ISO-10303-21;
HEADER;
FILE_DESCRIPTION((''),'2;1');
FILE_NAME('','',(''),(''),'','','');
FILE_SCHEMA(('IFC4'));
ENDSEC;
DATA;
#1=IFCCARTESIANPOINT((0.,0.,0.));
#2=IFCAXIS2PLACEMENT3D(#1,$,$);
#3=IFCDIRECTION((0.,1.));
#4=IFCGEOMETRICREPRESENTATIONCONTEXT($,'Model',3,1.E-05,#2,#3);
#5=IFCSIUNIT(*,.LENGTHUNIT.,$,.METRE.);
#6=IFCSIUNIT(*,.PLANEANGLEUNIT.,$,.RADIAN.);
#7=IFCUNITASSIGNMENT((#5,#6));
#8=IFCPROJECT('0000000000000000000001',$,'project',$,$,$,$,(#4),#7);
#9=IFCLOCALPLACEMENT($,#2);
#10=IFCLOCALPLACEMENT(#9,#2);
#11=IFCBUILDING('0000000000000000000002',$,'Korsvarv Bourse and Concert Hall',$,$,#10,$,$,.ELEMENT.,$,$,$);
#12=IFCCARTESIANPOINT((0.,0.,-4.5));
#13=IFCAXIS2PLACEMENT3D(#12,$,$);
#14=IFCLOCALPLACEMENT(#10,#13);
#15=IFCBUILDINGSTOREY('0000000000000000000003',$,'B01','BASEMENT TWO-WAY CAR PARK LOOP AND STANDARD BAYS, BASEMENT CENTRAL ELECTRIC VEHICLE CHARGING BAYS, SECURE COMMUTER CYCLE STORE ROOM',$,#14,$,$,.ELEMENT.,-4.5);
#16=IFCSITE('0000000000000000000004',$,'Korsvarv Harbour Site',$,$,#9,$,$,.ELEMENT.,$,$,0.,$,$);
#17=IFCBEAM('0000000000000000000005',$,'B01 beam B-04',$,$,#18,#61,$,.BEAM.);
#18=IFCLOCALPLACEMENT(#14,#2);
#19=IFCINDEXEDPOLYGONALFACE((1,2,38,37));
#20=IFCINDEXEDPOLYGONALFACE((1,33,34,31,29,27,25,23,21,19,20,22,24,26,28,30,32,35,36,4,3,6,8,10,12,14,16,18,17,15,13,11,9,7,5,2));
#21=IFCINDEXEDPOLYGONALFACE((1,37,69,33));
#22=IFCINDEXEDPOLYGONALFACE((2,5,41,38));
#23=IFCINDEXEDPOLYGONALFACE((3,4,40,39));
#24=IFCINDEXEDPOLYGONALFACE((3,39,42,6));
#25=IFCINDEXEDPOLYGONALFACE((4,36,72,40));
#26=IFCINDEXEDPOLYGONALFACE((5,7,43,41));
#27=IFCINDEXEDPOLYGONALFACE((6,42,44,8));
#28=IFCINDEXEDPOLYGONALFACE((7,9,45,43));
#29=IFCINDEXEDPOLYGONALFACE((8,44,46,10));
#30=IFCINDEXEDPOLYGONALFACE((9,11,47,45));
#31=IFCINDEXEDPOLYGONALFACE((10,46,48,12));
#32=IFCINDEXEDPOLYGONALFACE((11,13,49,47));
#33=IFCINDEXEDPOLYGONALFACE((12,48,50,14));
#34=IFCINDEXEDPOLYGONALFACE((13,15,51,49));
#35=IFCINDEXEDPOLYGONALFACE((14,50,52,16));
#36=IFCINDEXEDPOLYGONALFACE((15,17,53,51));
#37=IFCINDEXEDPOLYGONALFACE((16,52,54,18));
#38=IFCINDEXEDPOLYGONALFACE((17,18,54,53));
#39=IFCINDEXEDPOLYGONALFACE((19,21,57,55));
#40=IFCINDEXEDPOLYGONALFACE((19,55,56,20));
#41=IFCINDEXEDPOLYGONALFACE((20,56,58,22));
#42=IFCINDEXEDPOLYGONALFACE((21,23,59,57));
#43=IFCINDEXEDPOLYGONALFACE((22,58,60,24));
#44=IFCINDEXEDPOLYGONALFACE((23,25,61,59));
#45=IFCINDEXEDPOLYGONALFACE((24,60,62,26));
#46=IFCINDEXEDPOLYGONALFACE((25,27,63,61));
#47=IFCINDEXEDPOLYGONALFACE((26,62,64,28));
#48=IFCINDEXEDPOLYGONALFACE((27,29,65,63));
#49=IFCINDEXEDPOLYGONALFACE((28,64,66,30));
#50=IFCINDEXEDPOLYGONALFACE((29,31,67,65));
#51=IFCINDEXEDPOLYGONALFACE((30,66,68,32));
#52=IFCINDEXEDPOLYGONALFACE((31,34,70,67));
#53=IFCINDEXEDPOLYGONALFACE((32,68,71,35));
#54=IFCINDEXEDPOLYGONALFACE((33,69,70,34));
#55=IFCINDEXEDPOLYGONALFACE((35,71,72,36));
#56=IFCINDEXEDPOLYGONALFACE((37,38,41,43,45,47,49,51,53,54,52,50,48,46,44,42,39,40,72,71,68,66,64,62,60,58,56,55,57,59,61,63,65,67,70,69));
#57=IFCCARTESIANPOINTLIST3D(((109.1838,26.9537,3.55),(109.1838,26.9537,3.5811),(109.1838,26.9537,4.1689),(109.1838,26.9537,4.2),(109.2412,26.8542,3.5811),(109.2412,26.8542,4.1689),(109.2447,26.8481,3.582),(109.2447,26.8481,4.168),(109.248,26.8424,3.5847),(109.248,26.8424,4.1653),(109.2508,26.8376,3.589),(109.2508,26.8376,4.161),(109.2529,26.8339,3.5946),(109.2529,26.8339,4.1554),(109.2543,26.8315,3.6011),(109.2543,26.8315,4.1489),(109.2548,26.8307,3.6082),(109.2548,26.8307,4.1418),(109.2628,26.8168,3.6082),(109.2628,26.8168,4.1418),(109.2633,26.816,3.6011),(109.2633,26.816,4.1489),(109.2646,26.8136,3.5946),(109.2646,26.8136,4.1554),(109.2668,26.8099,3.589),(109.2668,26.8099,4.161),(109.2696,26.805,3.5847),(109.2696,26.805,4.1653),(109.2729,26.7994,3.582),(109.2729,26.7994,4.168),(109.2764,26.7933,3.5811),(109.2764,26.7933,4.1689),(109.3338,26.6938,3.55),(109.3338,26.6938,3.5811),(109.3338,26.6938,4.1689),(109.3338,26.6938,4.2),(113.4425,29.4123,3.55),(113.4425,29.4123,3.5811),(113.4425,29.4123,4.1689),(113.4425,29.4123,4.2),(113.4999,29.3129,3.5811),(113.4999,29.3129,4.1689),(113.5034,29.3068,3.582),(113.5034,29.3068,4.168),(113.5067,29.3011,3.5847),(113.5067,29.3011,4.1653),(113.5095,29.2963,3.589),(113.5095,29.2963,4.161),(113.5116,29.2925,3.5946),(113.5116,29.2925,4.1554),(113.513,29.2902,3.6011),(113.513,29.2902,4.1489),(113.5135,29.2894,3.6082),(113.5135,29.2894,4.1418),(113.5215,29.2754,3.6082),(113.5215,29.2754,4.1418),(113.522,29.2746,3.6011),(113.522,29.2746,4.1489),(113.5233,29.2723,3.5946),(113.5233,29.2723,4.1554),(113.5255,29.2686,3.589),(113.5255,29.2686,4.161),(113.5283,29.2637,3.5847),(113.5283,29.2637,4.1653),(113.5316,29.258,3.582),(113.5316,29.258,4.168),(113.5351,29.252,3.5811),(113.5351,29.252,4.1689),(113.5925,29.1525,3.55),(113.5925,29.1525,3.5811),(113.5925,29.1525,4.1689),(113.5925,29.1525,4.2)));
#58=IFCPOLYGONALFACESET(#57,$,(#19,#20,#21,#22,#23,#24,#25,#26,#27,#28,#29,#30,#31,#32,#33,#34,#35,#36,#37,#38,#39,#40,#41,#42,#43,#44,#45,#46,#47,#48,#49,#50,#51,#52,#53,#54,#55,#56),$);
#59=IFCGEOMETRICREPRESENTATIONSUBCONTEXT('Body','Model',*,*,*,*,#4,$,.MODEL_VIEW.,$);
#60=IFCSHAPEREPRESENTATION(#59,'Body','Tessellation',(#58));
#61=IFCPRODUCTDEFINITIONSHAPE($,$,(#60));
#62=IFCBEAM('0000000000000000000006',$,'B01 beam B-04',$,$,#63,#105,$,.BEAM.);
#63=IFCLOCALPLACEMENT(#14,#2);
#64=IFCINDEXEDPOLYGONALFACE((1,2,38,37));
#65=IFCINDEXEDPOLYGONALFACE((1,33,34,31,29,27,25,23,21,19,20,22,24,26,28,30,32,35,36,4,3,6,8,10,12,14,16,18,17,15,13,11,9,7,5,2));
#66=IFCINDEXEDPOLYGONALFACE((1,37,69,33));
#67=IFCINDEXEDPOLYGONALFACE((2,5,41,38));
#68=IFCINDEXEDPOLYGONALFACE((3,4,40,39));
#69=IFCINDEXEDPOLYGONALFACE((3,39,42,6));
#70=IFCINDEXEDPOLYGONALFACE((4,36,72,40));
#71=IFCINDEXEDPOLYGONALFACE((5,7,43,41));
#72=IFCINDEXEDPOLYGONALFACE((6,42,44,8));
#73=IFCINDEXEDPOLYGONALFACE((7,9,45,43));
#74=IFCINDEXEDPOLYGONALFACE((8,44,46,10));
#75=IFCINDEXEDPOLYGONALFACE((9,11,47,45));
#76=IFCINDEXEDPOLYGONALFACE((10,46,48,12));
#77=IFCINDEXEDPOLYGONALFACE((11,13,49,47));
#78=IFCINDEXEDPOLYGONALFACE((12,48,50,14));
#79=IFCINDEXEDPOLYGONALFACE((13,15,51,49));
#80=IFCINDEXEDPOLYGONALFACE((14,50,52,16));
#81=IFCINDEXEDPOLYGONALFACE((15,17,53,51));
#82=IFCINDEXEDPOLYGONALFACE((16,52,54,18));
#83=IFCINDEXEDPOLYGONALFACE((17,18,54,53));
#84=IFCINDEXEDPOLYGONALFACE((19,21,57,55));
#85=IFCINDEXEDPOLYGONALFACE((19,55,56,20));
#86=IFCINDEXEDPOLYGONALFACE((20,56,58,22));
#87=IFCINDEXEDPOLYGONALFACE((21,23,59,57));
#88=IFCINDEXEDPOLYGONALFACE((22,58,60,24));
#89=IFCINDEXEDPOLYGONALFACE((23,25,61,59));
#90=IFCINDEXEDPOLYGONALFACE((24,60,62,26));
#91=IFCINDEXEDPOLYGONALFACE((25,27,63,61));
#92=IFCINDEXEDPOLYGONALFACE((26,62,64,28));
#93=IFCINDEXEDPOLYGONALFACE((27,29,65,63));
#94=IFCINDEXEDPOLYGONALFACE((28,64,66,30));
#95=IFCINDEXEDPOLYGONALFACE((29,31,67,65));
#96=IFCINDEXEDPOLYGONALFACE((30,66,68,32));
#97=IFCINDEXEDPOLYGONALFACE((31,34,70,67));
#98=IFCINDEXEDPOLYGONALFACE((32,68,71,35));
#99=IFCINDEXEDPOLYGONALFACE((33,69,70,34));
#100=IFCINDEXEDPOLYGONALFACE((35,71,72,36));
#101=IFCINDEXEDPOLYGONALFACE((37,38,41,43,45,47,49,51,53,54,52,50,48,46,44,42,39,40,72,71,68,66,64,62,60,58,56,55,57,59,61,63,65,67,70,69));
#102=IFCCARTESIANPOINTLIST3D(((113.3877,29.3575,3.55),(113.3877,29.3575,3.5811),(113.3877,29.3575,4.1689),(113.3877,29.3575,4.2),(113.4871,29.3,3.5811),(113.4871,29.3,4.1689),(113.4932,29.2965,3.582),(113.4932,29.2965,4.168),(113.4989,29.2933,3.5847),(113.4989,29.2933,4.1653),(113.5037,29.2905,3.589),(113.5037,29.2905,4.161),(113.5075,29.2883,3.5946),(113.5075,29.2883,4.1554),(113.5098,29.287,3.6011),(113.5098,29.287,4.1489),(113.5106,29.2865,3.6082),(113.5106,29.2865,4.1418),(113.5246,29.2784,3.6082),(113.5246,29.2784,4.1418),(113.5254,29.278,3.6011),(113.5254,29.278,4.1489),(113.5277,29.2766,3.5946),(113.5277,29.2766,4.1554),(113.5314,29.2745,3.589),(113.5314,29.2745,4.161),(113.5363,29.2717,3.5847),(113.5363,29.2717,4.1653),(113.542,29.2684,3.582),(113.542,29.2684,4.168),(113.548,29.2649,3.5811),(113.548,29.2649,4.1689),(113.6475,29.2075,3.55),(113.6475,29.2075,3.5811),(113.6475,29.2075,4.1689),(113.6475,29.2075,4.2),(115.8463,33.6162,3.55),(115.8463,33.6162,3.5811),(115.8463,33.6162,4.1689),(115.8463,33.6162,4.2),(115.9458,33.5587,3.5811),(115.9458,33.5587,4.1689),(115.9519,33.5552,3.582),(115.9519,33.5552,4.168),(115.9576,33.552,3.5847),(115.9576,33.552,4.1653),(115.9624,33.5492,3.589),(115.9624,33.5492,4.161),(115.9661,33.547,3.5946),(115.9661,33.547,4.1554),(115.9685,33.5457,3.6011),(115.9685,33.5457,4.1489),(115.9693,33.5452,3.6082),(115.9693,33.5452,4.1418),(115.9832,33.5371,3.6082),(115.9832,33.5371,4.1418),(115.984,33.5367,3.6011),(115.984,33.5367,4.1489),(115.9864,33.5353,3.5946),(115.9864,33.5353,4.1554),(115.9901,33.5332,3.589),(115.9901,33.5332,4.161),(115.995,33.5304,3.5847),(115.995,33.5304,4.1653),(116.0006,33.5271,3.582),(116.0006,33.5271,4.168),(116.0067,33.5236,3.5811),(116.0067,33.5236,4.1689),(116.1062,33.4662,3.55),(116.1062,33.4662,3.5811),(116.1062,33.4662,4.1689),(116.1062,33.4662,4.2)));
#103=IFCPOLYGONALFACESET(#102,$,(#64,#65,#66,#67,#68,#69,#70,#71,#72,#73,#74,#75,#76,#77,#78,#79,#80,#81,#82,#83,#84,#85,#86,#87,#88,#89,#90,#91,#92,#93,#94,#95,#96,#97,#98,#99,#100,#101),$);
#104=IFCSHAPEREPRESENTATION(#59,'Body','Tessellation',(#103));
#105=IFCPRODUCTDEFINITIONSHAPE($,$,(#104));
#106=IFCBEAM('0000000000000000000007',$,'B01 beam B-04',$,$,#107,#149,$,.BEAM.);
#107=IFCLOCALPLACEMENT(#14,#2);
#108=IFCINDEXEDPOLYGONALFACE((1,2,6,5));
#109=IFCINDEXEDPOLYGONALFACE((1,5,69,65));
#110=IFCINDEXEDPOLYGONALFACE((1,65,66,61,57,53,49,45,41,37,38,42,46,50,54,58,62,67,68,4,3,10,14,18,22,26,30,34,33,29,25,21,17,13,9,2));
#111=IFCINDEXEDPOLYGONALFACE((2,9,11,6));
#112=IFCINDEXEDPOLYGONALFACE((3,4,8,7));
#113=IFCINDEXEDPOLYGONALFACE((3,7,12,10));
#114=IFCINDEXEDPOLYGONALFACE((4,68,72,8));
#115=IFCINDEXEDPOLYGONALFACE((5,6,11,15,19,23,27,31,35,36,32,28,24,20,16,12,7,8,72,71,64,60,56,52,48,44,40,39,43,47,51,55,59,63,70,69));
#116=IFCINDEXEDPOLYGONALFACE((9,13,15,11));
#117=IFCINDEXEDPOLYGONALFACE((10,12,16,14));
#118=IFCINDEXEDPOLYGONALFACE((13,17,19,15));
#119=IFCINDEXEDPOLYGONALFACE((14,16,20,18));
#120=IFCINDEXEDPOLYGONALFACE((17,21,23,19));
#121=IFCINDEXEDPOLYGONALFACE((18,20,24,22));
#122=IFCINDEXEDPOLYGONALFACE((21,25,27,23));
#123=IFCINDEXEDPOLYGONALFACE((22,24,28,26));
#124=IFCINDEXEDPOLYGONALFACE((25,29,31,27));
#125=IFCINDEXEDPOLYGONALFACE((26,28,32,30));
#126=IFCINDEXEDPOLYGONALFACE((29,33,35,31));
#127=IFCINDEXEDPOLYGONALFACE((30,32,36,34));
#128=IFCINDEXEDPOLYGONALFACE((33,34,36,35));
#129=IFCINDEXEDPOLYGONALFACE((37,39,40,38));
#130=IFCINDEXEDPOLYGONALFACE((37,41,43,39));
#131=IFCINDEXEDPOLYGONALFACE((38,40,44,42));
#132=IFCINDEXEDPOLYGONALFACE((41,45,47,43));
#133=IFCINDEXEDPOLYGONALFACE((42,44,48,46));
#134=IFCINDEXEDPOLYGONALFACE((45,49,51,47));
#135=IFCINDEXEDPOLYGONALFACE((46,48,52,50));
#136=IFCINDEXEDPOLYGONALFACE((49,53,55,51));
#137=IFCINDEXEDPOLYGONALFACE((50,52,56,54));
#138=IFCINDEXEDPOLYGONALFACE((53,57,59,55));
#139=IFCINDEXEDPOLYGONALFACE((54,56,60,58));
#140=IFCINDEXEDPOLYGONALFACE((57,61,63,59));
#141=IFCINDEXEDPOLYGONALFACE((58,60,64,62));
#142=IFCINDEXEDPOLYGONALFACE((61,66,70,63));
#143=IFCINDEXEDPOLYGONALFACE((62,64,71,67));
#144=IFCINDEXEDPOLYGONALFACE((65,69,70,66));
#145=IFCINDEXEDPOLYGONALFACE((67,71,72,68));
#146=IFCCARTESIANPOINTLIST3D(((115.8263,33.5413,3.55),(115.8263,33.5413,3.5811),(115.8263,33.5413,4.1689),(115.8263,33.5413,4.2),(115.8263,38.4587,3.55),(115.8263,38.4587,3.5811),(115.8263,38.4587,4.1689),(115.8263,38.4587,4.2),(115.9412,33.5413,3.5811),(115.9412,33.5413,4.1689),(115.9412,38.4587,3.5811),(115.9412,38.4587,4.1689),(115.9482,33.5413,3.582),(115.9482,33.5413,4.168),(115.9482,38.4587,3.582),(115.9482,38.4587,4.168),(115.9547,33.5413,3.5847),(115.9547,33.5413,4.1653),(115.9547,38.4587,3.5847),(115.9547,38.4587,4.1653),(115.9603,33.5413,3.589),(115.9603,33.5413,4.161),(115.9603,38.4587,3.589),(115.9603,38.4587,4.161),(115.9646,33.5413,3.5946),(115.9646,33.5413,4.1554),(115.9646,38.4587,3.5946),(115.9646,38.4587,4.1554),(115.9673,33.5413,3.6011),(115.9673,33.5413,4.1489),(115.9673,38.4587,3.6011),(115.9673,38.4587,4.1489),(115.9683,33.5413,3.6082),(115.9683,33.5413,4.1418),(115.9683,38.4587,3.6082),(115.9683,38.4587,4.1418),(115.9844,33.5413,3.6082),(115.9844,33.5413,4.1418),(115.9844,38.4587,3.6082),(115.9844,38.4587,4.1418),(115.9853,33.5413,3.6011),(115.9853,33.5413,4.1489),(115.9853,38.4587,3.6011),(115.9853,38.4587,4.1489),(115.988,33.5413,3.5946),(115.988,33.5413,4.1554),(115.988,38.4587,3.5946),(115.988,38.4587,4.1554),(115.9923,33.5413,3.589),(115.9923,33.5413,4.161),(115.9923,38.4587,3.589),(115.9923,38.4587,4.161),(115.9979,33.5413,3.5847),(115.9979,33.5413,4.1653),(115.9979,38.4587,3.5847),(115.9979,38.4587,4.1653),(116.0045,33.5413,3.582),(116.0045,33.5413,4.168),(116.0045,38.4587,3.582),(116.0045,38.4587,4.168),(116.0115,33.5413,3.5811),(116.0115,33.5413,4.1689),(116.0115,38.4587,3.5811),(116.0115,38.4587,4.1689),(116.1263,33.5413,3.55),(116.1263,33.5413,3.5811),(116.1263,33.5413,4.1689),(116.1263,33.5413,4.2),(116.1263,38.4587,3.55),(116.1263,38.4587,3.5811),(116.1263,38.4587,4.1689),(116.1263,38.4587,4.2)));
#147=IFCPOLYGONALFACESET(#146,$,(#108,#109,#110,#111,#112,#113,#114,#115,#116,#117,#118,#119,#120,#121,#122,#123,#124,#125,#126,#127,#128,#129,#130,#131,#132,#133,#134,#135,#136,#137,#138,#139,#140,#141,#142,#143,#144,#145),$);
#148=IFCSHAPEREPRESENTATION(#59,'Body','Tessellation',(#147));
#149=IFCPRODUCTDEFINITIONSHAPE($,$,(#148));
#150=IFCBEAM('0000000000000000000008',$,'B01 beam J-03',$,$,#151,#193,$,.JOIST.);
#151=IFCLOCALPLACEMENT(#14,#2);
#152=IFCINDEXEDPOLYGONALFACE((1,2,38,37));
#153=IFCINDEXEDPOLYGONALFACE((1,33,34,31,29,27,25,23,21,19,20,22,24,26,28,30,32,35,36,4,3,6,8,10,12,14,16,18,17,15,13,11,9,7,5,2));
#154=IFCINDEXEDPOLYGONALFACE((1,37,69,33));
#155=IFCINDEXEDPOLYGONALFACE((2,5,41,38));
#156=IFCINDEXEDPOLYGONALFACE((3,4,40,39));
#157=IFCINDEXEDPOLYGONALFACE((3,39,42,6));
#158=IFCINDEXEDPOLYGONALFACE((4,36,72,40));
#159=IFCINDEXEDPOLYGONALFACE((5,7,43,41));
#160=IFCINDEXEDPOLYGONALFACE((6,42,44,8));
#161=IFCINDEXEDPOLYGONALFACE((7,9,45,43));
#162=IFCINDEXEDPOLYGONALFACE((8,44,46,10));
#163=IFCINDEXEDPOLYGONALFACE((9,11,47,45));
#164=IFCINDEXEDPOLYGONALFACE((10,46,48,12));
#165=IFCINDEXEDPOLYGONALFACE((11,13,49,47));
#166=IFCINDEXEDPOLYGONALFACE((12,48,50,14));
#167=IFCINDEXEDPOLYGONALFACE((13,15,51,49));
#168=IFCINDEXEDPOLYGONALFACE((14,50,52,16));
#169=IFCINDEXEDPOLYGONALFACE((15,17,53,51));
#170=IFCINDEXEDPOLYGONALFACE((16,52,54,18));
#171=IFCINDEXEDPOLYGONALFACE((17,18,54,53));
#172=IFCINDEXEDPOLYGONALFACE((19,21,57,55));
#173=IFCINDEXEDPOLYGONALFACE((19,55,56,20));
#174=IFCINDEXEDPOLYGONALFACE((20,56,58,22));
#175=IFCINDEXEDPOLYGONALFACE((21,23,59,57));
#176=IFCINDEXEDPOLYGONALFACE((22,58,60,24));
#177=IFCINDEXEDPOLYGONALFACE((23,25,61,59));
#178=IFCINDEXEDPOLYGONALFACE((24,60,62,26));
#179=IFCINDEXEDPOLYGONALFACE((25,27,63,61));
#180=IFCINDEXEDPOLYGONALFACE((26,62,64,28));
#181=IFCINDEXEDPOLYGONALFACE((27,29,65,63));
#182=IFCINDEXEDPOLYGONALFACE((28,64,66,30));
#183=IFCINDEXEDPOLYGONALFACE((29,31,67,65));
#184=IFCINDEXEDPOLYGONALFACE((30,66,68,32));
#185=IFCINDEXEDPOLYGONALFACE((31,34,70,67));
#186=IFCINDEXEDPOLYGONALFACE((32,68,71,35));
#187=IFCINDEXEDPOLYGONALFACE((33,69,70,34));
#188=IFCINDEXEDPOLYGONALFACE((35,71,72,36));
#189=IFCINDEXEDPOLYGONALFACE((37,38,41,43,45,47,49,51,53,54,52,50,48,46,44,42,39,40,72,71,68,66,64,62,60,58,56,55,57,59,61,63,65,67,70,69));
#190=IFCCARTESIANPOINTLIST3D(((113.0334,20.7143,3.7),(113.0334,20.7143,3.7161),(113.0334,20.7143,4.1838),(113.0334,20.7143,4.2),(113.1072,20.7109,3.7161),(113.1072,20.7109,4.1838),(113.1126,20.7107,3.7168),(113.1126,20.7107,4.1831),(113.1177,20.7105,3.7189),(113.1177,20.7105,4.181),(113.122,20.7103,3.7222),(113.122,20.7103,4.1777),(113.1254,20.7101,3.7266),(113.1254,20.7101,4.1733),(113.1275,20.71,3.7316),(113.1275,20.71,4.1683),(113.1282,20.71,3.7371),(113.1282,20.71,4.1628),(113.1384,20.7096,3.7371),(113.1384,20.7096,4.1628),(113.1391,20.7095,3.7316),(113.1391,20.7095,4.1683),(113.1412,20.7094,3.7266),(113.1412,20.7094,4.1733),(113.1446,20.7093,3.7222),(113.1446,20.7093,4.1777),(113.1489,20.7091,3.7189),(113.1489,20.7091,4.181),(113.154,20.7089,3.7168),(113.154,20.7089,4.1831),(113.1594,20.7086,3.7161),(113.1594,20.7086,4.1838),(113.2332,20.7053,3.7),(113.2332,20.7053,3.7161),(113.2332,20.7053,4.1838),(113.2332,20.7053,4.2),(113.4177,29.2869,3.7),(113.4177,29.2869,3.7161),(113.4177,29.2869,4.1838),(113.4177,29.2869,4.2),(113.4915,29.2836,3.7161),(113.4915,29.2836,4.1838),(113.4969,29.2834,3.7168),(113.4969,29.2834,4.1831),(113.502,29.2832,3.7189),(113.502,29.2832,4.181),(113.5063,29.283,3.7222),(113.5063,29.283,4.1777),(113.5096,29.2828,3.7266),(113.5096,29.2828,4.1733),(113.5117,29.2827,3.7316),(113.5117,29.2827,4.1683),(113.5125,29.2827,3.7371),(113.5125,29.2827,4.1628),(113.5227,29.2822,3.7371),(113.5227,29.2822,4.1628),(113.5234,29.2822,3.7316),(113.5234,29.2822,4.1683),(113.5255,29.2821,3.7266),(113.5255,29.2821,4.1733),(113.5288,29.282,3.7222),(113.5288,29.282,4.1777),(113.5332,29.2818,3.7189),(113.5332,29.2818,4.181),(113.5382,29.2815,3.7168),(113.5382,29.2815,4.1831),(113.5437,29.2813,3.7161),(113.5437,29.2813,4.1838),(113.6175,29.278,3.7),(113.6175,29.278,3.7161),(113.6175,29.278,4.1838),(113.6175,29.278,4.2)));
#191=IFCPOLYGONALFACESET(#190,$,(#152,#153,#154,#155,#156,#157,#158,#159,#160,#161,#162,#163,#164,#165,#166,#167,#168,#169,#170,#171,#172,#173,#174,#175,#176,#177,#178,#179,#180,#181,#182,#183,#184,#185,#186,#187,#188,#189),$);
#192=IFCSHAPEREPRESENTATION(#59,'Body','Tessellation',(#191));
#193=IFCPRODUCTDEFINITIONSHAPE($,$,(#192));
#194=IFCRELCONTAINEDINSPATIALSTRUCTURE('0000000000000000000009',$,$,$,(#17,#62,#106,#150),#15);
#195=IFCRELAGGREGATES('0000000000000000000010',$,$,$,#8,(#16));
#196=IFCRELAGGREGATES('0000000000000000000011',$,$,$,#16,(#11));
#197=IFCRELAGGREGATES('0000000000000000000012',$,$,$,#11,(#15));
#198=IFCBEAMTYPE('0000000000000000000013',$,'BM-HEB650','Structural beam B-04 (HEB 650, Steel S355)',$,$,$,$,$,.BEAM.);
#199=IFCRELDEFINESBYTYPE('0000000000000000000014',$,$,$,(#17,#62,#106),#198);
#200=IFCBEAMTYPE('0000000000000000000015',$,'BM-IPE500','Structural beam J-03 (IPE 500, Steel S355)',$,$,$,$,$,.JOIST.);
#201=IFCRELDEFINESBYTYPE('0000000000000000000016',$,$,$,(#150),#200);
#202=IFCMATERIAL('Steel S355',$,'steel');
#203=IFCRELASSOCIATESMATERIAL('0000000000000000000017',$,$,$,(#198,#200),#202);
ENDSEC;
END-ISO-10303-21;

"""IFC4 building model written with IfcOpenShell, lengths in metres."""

from ifc_helpers import new_model, si_unit, direction, frame, origin, origin_2d, place, context, subcontext, project, spatial, i_section, extrude, source, transform, mapped, material, material_profile, profile_set, type_object, element, save


model = new_model("IFC4")

# Units and contexts
model_context = context("Model", 3, precision=1e-05, world=origin(), true_north=direction((0.0, 1.0)))
body_context = subcontext(model_context, "Body", "Model", "MODEL_VIEW")
ifc_project = project(units=[si_unit("LENGTHUNIT", "METRE"), si_unit("PLANEANGLEUNIT", "RADIAN")], contexts=[model_context])

# Site, building, storey
site_placement = place(None, origin())
site = spatial("IfcSite", under=ifc_project, at=site_placement, Name="Korsvarv Harbour Site", CompositionType="ELEMENT", RefElevation=0.0)
building_placement = place(site_placement, origin())
building = spatial("IfcBuilding", under=site, at=building_placement, Name="Korsvarv Bourse and Concert Hall", CompositionType="ELEMENT")
storey_placement = place(building_placement, frame((0.0, 0.0, -4.5)))
storey = spatial("IfcBuildingStorey", under=building, at=storey_placement, Name="B01", Description="BASEMENT TWO-WAY CAR PARK LOOP AND STANDARD BAYS, BASEMENT CENTRAL ELECTRIC VEHICLE CHARGING BAYS, SECURE COMMUTER CYCLE STORE ROOM", CompositionType="ELEMENT", Elevation=-4.5)

# Beams
ifc_material_1 = material(Name="Steel S355", Category="steel")
ifc_material_profile_1 = material_profile(ifc_material_1, i_section(OverallWidth=0.3, OverallDepth=0.6499, WebThickness=0.0161, FlangeThickness=0.031, FilletRadius=0.0271, at=origin_2d()), Name="HEB 650")
ifc_profile_set_1 = profile_set([ifc_material_profile_1], Name="Steel S355")
beam_type_1 = type_object("IfcBeamType", Name="BM-HEB650", Description="Structural beam B-04 (HEB 650, Steel S355)", PredefinedType="BEAM", material=ifc_profile_set_1)
shared_shape_1 = source(origin(), body_context, "Body", "SweptSolid", [
    extrude(i_section(OverallWidth=0.3, OverallDepth=0.6499, WebThickness=0.0161, FlangeThickness=0.031, FilletRadius=0.0271, at=origin_2d()), origin(), (0.0, 0.0, 1.0), 4.9175),
])
for number, where, z_axis, x_axis, name in (
    (1, (109.2588, 26.8237, 3.875), (0.866032, 0.499989, 0.0), (-0.499989, 0.866032, 0.0), "B01 beam B-04"),
    (2, (113.5176, 29.2825, 3.875), (0.499989, 0.866032, 0.0), (-0.866032, 0.499989, 0.0), "B01 beam B-04"),
    (3, (115.9763, 33.5413, 3.875), (0.0, 1.0, 0.0), (-1.0, 0.0, 0.0), "B01 beam B-04"),
):
    element("IfcBeam", number, at=place(storey_placement, frame(where, z_axis=z_axis, x_axis=x_axis)), inside=storey, type_object=beam_type_1, Name=name, PredefinedType="BEAM", context=body_context, shape_type="MappedRepresentation", body=[
        mapped(shared_shape_1, transform((0.0, 0.0, 0.0), scale=1.0)),
    ])
ifc_material_profile_2 = material_profile(ifc_material_1, i_section(OverallWidth=0.2, OverallDepth=0.5, WebThickness=0.0103, FlangeThickness=0.0161, FilletRadius=0.021, at=origin_2d()), Name="IPE 500")
ifc_profile_set_2 = profile_set([ifc_material_profile_2], Name="Steel S355")
beam_type_2 = type_object("IfcBeamType", Name="BM-IPE500", Description="Structural beam J-03 (IPE 500, Steel S355)", PredefinedType="JOIST", material=ifc_profile_set_2)
shared_shape_2 = source(origin(), body_context, "Body", "SweptSolid", [
    extrude(i_section(OverallWidth=0.2, OverallDepth=0.5, WebThickness=0.0103, FlangeThickness=0.0161, FilletRadius=0.021, at=origin_2d()), origin(), (0.0, 0.0, 1.0), 8.5813),
])
beam_1_placement = place(storey_placement, frame((113.5176, 29.2825, 3.95), z_axis=(-0.04478, -0.998997, 0.0), x_axis=(0.998997, -0.04478, 0.0)))
element("IfcBeam", 4, at=beam_1_placement, inside=storey, type_object=beam_type_2, Name="B01 beam J-03", PredefinedType="JOIST", context=body_context, shape_type="MappedRepresentation", body=[
    mapped(shared_shape_2, transform((0.0, 0.0, 0.0), scale=1.0)),
])

save(model, "model.ifc")
